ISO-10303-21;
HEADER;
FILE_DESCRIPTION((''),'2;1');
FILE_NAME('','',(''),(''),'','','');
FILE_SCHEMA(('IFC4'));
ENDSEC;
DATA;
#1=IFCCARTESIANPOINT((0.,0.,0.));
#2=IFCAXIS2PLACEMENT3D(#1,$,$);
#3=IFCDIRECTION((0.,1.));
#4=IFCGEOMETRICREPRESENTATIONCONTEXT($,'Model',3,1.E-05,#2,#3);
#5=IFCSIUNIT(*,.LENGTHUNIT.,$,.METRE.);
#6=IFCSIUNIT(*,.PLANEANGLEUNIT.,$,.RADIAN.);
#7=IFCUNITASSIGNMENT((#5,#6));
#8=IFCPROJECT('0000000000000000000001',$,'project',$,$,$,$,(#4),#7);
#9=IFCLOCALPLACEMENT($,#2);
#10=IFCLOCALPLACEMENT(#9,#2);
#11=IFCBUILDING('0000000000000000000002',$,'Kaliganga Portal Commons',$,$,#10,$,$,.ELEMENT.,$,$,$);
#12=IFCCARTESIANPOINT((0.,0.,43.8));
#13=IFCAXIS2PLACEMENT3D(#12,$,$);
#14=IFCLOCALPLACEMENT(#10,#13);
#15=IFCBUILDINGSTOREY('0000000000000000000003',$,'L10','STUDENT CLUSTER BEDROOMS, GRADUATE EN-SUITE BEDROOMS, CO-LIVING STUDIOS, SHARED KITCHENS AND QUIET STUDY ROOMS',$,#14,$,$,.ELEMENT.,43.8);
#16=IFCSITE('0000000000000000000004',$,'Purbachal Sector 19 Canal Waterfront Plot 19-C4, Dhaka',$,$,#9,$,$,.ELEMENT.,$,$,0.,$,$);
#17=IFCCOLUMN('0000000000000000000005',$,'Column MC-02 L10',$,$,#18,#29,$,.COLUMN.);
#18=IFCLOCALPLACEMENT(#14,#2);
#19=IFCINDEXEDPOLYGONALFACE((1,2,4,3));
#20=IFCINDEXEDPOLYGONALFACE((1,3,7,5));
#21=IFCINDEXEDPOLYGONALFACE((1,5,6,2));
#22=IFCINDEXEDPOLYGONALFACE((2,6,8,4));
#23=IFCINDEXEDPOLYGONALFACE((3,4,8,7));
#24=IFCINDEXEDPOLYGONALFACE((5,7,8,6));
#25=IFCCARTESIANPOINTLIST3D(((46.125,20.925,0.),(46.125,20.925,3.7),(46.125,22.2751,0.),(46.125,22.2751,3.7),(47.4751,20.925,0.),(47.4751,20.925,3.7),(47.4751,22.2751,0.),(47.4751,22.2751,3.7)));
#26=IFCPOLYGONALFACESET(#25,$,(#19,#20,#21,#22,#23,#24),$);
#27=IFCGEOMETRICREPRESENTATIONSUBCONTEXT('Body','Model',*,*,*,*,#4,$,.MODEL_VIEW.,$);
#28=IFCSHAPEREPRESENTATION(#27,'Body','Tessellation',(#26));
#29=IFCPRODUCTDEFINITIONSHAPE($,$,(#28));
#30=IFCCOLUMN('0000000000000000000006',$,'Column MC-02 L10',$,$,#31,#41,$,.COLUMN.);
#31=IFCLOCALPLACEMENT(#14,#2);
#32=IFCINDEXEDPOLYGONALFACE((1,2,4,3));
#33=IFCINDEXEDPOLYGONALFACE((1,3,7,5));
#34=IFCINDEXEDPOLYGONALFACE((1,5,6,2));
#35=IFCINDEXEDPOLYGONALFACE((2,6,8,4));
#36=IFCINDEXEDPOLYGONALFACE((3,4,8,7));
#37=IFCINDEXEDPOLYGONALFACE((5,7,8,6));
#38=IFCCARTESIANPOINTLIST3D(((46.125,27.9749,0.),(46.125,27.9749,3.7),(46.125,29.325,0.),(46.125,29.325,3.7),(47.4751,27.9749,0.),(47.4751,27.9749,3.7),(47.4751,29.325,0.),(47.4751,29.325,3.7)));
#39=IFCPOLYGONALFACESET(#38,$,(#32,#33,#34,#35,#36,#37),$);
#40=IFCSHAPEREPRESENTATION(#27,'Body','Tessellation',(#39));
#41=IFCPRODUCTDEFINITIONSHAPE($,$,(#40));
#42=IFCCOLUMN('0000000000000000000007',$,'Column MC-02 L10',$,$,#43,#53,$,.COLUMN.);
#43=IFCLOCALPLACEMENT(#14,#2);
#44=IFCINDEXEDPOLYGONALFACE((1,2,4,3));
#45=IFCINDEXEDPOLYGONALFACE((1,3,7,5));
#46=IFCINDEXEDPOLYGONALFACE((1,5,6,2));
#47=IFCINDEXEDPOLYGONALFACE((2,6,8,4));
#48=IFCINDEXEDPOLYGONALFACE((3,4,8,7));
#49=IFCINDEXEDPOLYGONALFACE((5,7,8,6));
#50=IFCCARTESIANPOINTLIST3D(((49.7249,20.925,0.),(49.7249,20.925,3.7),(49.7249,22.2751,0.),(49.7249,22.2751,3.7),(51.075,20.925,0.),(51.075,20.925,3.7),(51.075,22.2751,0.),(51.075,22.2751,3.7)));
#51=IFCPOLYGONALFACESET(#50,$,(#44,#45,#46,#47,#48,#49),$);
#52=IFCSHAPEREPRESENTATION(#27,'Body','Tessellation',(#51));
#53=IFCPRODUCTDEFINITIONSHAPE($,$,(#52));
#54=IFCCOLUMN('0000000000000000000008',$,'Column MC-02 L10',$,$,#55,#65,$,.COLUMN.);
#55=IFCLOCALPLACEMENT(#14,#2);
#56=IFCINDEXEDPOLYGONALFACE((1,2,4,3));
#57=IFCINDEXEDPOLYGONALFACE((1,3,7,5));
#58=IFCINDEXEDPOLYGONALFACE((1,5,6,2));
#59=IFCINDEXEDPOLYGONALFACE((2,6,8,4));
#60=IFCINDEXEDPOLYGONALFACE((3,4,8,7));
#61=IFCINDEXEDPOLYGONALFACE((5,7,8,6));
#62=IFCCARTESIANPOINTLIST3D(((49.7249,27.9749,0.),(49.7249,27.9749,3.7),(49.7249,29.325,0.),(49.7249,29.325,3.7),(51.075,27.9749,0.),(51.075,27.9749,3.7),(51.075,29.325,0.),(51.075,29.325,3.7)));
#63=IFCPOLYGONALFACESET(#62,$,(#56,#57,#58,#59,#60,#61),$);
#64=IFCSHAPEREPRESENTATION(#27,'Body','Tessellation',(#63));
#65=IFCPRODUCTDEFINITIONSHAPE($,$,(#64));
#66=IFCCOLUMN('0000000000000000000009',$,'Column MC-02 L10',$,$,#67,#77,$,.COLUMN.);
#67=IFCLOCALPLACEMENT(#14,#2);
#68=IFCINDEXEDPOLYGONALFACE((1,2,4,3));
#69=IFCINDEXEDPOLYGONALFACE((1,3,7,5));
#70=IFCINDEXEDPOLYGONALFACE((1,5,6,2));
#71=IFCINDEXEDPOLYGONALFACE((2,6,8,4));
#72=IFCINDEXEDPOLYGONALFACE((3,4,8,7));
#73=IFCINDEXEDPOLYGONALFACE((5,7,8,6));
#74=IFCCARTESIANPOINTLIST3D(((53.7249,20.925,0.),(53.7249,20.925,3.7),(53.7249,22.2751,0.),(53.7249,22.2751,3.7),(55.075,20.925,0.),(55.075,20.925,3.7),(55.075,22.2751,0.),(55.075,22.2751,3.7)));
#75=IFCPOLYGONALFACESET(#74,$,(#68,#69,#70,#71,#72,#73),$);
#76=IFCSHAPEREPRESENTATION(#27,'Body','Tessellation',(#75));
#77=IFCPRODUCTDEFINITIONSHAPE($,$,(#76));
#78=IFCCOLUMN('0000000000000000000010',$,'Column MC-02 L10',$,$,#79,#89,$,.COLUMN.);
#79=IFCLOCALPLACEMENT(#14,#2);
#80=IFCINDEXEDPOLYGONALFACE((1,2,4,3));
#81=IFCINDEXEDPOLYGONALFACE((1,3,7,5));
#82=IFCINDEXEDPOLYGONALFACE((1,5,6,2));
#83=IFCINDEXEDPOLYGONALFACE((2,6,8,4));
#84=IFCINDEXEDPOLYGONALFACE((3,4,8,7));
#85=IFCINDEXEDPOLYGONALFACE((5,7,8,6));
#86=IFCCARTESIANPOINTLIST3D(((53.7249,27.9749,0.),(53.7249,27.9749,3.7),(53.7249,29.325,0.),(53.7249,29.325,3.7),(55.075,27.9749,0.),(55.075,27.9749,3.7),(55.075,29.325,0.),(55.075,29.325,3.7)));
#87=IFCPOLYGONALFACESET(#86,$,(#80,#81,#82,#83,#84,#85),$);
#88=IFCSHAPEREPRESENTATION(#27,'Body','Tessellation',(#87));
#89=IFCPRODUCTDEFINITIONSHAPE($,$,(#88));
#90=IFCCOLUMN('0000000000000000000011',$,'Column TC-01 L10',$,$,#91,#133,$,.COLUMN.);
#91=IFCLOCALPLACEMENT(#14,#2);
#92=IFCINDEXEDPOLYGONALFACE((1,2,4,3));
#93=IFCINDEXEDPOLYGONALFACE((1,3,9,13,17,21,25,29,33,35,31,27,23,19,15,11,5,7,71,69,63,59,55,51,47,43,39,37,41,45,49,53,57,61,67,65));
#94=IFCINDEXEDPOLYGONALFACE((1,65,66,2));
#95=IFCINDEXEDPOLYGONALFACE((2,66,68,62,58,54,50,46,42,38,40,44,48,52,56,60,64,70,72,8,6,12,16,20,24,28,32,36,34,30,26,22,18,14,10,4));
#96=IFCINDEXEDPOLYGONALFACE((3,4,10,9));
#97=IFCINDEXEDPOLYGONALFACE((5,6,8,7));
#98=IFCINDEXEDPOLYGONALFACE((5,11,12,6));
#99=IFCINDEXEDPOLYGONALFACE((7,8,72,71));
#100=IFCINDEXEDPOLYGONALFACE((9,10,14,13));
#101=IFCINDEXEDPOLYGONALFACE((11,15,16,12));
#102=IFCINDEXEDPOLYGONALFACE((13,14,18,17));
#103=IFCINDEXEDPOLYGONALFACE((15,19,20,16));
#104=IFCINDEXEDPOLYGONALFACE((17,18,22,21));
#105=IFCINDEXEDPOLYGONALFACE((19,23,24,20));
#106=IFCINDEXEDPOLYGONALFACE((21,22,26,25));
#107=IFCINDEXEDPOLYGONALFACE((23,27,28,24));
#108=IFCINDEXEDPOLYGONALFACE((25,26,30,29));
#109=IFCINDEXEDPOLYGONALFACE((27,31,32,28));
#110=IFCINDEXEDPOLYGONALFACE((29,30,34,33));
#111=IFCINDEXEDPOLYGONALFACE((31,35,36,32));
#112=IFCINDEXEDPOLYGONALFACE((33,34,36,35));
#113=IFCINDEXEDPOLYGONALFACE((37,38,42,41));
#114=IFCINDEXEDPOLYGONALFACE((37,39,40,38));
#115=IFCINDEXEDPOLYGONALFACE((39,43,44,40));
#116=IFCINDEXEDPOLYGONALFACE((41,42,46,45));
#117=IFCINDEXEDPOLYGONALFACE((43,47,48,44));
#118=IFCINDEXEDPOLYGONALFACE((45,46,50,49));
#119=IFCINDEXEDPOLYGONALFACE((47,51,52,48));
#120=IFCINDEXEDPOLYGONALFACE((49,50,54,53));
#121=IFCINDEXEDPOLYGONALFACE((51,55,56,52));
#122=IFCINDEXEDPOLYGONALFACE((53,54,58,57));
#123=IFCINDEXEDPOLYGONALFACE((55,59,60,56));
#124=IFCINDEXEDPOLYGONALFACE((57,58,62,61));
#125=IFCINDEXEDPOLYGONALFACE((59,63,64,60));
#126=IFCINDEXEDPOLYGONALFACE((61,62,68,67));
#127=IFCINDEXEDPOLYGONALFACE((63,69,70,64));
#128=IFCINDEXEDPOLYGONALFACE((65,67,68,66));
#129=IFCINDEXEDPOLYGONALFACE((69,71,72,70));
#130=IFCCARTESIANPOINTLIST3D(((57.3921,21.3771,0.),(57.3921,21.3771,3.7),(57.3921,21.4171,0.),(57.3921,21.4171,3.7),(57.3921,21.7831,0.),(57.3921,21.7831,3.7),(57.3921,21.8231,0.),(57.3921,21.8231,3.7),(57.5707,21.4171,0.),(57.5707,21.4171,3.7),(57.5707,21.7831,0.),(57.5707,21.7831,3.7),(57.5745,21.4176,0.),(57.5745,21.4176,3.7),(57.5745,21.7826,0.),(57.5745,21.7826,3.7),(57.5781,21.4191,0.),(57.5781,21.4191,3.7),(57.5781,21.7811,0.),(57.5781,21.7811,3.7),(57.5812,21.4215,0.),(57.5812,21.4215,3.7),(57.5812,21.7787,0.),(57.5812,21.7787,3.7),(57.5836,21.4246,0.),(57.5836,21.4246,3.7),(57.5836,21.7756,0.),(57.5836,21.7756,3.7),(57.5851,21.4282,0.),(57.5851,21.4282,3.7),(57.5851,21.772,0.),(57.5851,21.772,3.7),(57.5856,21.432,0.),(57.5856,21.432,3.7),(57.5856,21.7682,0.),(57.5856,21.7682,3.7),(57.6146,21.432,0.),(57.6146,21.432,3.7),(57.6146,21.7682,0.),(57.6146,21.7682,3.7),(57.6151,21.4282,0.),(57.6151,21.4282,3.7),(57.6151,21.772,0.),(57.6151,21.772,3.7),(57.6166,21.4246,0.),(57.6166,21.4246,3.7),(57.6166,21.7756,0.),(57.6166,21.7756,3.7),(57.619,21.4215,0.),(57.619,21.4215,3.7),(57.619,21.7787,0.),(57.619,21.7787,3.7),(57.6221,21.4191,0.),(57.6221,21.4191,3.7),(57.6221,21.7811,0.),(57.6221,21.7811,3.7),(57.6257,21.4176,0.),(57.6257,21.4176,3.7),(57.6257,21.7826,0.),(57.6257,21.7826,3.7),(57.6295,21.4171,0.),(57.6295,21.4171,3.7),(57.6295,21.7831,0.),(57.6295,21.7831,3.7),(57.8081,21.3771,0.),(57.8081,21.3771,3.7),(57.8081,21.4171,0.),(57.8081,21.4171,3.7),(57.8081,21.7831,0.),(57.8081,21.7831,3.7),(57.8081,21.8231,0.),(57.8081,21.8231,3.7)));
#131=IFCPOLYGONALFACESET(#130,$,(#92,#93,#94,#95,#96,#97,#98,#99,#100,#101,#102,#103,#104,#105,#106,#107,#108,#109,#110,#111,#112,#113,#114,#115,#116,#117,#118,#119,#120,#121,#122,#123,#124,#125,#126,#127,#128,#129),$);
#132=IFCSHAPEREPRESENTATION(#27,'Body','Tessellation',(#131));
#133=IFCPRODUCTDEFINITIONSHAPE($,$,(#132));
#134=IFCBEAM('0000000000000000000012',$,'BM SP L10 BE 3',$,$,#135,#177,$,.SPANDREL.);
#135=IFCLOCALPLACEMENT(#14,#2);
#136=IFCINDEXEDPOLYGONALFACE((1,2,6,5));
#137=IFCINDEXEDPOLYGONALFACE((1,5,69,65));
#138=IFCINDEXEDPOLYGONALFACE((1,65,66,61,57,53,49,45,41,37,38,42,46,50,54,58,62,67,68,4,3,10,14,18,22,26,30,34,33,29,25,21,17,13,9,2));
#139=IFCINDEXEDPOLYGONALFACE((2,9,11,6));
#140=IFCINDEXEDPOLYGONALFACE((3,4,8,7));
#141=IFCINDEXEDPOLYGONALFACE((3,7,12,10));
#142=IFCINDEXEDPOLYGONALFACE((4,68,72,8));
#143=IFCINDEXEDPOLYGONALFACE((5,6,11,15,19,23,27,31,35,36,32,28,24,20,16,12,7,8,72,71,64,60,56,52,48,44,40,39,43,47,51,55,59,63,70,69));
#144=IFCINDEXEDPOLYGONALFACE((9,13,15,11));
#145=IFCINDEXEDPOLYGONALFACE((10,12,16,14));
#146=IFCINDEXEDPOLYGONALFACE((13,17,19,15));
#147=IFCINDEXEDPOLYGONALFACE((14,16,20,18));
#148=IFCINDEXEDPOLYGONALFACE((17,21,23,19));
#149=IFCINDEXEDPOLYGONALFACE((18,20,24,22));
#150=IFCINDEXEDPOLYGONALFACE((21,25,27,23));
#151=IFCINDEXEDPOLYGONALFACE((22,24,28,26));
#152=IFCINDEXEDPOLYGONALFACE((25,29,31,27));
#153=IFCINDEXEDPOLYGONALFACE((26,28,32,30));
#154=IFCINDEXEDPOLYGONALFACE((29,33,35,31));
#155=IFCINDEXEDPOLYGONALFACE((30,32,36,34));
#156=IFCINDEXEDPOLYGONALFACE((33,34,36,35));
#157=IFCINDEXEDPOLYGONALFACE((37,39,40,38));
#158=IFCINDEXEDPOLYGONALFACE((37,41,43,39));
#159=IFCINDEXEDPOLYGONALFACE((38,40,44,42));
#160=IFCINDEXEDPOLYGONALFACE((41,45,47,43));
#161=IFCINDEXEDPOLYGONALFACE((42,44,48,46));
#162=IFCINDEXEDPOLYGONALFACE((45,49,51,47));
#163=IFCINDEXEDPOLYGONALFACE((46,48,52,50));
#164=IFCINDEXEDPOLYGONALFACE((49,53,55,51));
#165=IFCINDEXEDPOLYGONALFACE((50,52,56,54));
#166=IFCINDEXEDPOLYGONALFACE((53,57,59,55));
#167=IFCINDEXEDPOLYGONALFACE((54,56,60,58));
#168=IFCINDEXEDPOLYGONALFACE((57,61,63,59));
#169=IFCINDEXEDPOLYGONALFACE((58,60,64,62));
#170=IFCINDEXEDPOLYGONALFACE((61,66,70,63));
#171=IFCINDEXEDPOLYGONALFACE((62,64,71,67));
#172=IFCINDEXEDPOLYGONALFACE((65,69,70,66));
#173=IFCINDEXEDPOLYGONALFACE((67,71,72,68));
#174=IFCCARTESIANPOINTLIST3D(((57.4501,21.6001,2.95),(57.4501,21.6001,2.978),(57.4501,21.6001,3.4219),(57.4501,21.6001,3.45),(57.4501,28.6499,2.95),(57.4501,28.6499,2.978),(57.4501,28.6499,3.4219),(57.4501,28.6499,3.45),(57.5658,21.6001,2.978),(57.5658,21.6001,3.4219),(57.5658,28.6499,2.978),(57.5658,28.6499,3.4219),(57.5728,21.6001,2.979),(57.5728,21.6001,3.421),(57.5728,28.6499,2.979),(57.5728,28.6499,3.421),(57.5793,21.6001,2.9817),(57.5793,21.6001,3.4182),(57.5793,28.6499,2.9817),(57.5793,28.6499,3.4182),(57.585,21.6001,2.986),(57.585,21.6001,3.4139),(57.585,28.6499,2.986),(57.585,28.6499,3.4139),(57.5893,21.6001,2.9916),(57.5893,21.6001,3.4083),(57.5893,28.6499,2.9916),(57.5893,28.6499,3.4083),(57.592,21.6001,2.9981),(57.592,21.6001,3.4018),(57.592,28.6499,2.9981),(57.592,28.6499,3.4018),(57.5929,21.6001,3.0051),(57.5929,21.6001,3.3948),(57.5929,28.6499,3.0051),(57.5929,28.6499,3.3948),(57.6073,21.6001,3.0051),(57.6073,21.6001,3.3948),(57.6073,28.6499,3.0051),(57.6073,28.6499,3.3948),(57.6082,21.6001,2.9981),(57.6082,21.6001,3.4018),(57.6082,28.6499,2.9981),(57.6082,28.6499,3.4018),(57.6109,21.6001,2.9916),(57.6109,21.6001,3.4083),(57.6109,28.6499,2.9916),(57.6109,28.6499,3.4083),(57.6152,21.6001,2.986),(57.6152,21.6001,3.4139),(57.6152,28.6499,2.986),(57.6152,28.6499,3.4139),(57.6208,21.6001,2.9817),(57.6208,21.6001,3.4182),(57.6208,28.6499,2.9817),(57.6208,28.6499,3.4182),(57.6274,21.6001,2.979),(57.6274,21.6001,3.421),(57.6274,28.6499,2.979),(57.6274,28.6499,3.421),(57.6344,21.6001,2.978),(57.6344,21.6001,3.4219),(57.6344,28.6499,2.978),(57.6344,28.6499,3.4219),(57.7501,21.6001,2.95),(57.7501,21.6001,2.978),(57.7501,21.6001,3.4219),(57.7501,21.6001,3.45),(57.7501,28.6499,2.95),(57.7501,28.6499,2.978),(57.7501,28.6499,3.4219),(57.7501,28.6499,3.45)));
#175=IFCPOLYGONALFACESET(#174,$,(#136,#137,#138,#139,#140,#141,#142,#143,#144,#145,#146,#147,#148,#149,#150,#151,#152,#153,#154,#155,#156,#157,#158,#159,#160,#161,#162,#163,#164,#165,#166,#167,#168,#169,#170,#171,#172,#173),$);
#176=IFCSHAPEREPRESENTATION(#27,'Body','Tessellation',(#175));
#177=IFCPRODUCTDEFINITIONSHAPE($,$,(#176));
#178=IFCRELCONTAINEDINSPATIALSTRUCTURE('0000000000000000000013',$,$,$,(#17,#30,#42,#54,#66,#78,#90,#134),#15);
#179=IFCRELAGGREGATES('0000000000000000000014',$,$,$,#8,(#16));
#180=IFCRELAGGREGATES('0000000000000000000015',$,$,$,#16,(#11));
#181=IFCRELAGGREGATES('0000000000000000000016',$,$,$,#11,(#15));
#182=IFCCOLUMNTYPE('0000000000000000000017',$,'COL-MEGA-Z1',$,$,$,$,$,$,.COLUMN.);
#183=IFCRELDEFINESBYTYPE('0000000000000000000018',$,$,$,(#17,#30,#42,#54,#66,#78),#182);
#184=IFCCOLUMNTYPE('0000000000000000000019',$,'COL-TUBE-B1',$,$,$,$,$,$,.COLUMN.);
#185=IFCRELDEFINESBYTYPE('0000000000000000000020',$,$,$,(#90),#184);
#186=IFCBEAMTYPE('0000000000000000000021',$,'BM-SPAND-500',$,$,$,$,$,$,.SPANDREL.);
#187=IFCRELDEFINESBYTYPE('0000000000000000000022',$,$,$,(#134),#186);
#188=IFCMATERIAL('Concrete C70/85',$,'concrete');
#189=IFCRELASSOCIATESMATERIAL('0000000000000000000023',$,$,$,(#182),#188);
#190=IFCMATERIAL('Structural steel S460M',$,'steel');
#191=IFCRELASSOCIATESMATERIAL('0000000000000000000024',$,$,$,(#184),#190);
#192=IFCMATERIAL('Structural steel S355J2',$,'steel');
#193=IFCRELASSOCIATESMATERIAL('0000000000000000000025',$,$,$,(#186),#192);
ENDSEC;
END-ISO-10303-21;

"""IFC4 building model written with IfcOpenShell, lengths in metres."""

from ifc_helpers import new_model, si_unit, direction, frame, origin, origin_2d, place, context, subcontext, project, spatial, rectangle, i_section, extrude, source, transform, mapped, material, material_profile, profile_set, type_object, element, save


model = new_model("IFC4")

# Units and contexts
model_context = context("Model", 3, precision=1e-05, world=origin(), true_north=direction((0.0, 1.0)))
body_context = subcontext(model_context, "Body", "Model", "MODEL_VIEW")
ifc_project = project(units=[si_unit("LENGTHUNIT", "METRE"), si_unit("PLANEANGLEUNIT", "RADIAN")], contexts=[model_context])

# Site, building, storey
site_placement = place(None, origin())
site = spatial("IfcSite", under=ifc_project, at=site_placement, Name="Purbachal Sector 19 Canal Waterfront Plot 19-C4, Dhaka", CompositionType="ELEMENT", RefElevation=0.0)
building_placement = place(site_placement, origin())
building = spatial("IfcBuilding", under=site, at=building_placement, Name="Kaliganga Portal Commons", CompositionType="ELEMENT")
storey_placement = place(building_placement, frame((0.0, 0.0, 43.8)))
storey = spatial("IfcBuildingStorey", under=building, at=storey_placement, Name="L10", Description="STUDENT CLUSTER BEDROOMS, GRADUATE EN-SUITE BEDROOMS, CO-LIVING STUDIOS, SHARED KITCHENS AND QUIET STUDY ROOMS", CompositionType="ELEMENT", Elevation=43.8)

# Columns
ifc_material_1 = material(Name="Concrete C70/85", Category="concrete")
ifc_material_profile_1 = material_profile(ifc_material_1, rectangle(XDim=1.3501, YDim=1.3501, at=origin_2d()), Name="RC 1350x1350")
ifc_profile_set_1 = profile_set([ifc_material_profile_1], Name="Concrete C70/85")
column_type_1 = type_object("IfcColumnType", Name="COL-MEGA-Z1", PredefinedType="COLUMN", material=ifc_profile_set_1)
shared_shape_1 = source(origin(), body_context, "Body", "SweptSolid", [
    extrude(rectangle(XDim=1.3501, YDim=1.3501, at=origin_2d()), origin(), (0.0, 0.0, 1.0), 3.7),
])
for number, where, z_axis, x_axis, name in (
    (1, (46.8, 21.6001, 0.0), (0.0, 0.0, 1.0), (1.0, 0.0, 0.0), "Column MC-02 L10"),
    (2, (46.8, 28.6499, 0.0), (0.0, 0.0, 1.0), (1.0, 0.0, 0.0), "Column MC-02 L10"),
    (3, (50.3999, 21.6001, 0.0), (0.0, 0.0, 1.0), (1.0, 0.0, 0.0), "Column MC-02 L10"),
    (4, (50.3999, 28.6499, 0.0), (0.0, 0.0, 1.0), (1.0, 0.0, 0.0), "Column MC-02 L10"),
    (5, (54.3999, 21.6001, 0.0), (0.0, 0.0, 1.0), (1.0, 0.0, 0.0), "Column MC-02 L10"),
    (6, (54.3999, 28.6499, 0.0), (0.0, 0.0, 1.0), (1.0, 0.0, 0.0), "Column MC-02 L10"),
):
    element("IfcColumn", number, at=place(storey_placement, frame(where, z_axis=z_axis, x_axis=x_axis)), inside=storey, type_object=column_type_1, Name=name, PredefinedType="COLUMN", context=body_context, shape_type="MappedRepresentation", body=[
        mapped(shared_shape_1, transform((0.0, 0.0, 0.0), x_axis=(1.0, 0.0, 0.0), y_axis=(0.0, 1.0, 0.0), z_axis=(0.0, 0.0, 1.0), scale=1.0)),
    ])
ifc_material_2 = material(Name="Structural steel S460M", Category="steel")
ifc_material_profile_2 = material_profile(ifc_material_2, i_section(OverallWidth=0.416, OverallDepth=0.446, WebThickness=0.0291, FlangeThickness=0.04, FilletRadius=0.0149, at=origin_2d()), Name="HD 400x509")
ifc_profile_set_2 = profile_set([ifc_material_profile_2], Name="Structural steel S460M wide-flange")
column_type_2 = type_object("IfcColumnType", Name="COL-TUBE-B1", PredefinedType="COLUMN", material=ifc_profile_set_2)
shared_shape_2 = source(origin(), body_context, "Body", "SweptSolid", [
    extrude(i_section(OverallWidth=0.416, OverallDepth=0.446, WebThickness=0.0291, FlangeThickness=0.04, FilletRadius=0.0149, at=origin_2d()), origin(), (0.0, 0.0, 1.0), 3.7),
])
column_placement = place(storey_placement, frame((57.6001, 21.6001, 0.0), z_axis=(0.0, 0.0, 1.0), x_axis=(1.0, 0.0, 0.0)))
element("IfcColumn", 7, at=column_placement, inside=storey, type_object=column_type_2, Name="Column TC-01 L10", PredefinedType="COLUMN", context=body_context, shape_type="MappedRepresentation", body=[
    mapped(shared_shape_2, transform((0.0, 0.0, 0.0), x_axis=(1.0, 0.0, 0.0), y_axis=(0.0, 1.0, 0.0), z_axis=(0.0, 0.0, 1.0), scale=1.0)),
])

# Beam
ifc_material_3 = material(Name="Structural steel S355J2", Category="steel")
ifc_material_profile_3 = material_profile(ifc_material_3, i_section(OverallWidth=0.3, OverallDepth=0.5, WebThickness=0.0144, FlangeThickness=0.0281, FilletRadius=0.0271, at=origin_2d()), Name="HE 500 B")
ifc_profile_set_3 = profile_set([ifc_material_profile_3], Name="Structural steel S355J2 wide-flange")
beam_type_1 = type_object("IfcBeamType", Name="BM-SPAND-500", PredefinedType="SPANDREL", material=ifc_profile_set_3)
shared_shape_3 = source(origin(), body_context, "Body", "SweptSolid", [
    extrude(i_section(OverallWidth=0.3, OverallDepth=0.5, WebThickness=0.0144, FlangeThickness=0.0281, FilletRadius=0.0271, at=origin_2d()), origin(), (0.0, 0.0, 1.0), 7.0498),
])
beam_1_placement = place(storey_placement, frame((57.6001, 21.6001, 3.2), z_axis=(0.0, 1.0, 0.0), x_axis=(-1.0, 0.0, 0.0)))
element("IfcBeam", 8, at=beam_1_placement, inside=storey, type_object=beam_type_1, Name="BM SP L10 BE 3", PredefinedType="SPANDREL", context=body_context, shape_type="MappedRepresentation", body=[
    mapped(shared_shape_3, transform((0.0, 0.0, 0.0), x_axis=(1.0, 0.0, 0.0), y_axis=(0.0, 1.0, 0.0), z_axis=(0.0, 0.0, 1.0), scale=1.0)),
])

save(model, "model.ifc")
